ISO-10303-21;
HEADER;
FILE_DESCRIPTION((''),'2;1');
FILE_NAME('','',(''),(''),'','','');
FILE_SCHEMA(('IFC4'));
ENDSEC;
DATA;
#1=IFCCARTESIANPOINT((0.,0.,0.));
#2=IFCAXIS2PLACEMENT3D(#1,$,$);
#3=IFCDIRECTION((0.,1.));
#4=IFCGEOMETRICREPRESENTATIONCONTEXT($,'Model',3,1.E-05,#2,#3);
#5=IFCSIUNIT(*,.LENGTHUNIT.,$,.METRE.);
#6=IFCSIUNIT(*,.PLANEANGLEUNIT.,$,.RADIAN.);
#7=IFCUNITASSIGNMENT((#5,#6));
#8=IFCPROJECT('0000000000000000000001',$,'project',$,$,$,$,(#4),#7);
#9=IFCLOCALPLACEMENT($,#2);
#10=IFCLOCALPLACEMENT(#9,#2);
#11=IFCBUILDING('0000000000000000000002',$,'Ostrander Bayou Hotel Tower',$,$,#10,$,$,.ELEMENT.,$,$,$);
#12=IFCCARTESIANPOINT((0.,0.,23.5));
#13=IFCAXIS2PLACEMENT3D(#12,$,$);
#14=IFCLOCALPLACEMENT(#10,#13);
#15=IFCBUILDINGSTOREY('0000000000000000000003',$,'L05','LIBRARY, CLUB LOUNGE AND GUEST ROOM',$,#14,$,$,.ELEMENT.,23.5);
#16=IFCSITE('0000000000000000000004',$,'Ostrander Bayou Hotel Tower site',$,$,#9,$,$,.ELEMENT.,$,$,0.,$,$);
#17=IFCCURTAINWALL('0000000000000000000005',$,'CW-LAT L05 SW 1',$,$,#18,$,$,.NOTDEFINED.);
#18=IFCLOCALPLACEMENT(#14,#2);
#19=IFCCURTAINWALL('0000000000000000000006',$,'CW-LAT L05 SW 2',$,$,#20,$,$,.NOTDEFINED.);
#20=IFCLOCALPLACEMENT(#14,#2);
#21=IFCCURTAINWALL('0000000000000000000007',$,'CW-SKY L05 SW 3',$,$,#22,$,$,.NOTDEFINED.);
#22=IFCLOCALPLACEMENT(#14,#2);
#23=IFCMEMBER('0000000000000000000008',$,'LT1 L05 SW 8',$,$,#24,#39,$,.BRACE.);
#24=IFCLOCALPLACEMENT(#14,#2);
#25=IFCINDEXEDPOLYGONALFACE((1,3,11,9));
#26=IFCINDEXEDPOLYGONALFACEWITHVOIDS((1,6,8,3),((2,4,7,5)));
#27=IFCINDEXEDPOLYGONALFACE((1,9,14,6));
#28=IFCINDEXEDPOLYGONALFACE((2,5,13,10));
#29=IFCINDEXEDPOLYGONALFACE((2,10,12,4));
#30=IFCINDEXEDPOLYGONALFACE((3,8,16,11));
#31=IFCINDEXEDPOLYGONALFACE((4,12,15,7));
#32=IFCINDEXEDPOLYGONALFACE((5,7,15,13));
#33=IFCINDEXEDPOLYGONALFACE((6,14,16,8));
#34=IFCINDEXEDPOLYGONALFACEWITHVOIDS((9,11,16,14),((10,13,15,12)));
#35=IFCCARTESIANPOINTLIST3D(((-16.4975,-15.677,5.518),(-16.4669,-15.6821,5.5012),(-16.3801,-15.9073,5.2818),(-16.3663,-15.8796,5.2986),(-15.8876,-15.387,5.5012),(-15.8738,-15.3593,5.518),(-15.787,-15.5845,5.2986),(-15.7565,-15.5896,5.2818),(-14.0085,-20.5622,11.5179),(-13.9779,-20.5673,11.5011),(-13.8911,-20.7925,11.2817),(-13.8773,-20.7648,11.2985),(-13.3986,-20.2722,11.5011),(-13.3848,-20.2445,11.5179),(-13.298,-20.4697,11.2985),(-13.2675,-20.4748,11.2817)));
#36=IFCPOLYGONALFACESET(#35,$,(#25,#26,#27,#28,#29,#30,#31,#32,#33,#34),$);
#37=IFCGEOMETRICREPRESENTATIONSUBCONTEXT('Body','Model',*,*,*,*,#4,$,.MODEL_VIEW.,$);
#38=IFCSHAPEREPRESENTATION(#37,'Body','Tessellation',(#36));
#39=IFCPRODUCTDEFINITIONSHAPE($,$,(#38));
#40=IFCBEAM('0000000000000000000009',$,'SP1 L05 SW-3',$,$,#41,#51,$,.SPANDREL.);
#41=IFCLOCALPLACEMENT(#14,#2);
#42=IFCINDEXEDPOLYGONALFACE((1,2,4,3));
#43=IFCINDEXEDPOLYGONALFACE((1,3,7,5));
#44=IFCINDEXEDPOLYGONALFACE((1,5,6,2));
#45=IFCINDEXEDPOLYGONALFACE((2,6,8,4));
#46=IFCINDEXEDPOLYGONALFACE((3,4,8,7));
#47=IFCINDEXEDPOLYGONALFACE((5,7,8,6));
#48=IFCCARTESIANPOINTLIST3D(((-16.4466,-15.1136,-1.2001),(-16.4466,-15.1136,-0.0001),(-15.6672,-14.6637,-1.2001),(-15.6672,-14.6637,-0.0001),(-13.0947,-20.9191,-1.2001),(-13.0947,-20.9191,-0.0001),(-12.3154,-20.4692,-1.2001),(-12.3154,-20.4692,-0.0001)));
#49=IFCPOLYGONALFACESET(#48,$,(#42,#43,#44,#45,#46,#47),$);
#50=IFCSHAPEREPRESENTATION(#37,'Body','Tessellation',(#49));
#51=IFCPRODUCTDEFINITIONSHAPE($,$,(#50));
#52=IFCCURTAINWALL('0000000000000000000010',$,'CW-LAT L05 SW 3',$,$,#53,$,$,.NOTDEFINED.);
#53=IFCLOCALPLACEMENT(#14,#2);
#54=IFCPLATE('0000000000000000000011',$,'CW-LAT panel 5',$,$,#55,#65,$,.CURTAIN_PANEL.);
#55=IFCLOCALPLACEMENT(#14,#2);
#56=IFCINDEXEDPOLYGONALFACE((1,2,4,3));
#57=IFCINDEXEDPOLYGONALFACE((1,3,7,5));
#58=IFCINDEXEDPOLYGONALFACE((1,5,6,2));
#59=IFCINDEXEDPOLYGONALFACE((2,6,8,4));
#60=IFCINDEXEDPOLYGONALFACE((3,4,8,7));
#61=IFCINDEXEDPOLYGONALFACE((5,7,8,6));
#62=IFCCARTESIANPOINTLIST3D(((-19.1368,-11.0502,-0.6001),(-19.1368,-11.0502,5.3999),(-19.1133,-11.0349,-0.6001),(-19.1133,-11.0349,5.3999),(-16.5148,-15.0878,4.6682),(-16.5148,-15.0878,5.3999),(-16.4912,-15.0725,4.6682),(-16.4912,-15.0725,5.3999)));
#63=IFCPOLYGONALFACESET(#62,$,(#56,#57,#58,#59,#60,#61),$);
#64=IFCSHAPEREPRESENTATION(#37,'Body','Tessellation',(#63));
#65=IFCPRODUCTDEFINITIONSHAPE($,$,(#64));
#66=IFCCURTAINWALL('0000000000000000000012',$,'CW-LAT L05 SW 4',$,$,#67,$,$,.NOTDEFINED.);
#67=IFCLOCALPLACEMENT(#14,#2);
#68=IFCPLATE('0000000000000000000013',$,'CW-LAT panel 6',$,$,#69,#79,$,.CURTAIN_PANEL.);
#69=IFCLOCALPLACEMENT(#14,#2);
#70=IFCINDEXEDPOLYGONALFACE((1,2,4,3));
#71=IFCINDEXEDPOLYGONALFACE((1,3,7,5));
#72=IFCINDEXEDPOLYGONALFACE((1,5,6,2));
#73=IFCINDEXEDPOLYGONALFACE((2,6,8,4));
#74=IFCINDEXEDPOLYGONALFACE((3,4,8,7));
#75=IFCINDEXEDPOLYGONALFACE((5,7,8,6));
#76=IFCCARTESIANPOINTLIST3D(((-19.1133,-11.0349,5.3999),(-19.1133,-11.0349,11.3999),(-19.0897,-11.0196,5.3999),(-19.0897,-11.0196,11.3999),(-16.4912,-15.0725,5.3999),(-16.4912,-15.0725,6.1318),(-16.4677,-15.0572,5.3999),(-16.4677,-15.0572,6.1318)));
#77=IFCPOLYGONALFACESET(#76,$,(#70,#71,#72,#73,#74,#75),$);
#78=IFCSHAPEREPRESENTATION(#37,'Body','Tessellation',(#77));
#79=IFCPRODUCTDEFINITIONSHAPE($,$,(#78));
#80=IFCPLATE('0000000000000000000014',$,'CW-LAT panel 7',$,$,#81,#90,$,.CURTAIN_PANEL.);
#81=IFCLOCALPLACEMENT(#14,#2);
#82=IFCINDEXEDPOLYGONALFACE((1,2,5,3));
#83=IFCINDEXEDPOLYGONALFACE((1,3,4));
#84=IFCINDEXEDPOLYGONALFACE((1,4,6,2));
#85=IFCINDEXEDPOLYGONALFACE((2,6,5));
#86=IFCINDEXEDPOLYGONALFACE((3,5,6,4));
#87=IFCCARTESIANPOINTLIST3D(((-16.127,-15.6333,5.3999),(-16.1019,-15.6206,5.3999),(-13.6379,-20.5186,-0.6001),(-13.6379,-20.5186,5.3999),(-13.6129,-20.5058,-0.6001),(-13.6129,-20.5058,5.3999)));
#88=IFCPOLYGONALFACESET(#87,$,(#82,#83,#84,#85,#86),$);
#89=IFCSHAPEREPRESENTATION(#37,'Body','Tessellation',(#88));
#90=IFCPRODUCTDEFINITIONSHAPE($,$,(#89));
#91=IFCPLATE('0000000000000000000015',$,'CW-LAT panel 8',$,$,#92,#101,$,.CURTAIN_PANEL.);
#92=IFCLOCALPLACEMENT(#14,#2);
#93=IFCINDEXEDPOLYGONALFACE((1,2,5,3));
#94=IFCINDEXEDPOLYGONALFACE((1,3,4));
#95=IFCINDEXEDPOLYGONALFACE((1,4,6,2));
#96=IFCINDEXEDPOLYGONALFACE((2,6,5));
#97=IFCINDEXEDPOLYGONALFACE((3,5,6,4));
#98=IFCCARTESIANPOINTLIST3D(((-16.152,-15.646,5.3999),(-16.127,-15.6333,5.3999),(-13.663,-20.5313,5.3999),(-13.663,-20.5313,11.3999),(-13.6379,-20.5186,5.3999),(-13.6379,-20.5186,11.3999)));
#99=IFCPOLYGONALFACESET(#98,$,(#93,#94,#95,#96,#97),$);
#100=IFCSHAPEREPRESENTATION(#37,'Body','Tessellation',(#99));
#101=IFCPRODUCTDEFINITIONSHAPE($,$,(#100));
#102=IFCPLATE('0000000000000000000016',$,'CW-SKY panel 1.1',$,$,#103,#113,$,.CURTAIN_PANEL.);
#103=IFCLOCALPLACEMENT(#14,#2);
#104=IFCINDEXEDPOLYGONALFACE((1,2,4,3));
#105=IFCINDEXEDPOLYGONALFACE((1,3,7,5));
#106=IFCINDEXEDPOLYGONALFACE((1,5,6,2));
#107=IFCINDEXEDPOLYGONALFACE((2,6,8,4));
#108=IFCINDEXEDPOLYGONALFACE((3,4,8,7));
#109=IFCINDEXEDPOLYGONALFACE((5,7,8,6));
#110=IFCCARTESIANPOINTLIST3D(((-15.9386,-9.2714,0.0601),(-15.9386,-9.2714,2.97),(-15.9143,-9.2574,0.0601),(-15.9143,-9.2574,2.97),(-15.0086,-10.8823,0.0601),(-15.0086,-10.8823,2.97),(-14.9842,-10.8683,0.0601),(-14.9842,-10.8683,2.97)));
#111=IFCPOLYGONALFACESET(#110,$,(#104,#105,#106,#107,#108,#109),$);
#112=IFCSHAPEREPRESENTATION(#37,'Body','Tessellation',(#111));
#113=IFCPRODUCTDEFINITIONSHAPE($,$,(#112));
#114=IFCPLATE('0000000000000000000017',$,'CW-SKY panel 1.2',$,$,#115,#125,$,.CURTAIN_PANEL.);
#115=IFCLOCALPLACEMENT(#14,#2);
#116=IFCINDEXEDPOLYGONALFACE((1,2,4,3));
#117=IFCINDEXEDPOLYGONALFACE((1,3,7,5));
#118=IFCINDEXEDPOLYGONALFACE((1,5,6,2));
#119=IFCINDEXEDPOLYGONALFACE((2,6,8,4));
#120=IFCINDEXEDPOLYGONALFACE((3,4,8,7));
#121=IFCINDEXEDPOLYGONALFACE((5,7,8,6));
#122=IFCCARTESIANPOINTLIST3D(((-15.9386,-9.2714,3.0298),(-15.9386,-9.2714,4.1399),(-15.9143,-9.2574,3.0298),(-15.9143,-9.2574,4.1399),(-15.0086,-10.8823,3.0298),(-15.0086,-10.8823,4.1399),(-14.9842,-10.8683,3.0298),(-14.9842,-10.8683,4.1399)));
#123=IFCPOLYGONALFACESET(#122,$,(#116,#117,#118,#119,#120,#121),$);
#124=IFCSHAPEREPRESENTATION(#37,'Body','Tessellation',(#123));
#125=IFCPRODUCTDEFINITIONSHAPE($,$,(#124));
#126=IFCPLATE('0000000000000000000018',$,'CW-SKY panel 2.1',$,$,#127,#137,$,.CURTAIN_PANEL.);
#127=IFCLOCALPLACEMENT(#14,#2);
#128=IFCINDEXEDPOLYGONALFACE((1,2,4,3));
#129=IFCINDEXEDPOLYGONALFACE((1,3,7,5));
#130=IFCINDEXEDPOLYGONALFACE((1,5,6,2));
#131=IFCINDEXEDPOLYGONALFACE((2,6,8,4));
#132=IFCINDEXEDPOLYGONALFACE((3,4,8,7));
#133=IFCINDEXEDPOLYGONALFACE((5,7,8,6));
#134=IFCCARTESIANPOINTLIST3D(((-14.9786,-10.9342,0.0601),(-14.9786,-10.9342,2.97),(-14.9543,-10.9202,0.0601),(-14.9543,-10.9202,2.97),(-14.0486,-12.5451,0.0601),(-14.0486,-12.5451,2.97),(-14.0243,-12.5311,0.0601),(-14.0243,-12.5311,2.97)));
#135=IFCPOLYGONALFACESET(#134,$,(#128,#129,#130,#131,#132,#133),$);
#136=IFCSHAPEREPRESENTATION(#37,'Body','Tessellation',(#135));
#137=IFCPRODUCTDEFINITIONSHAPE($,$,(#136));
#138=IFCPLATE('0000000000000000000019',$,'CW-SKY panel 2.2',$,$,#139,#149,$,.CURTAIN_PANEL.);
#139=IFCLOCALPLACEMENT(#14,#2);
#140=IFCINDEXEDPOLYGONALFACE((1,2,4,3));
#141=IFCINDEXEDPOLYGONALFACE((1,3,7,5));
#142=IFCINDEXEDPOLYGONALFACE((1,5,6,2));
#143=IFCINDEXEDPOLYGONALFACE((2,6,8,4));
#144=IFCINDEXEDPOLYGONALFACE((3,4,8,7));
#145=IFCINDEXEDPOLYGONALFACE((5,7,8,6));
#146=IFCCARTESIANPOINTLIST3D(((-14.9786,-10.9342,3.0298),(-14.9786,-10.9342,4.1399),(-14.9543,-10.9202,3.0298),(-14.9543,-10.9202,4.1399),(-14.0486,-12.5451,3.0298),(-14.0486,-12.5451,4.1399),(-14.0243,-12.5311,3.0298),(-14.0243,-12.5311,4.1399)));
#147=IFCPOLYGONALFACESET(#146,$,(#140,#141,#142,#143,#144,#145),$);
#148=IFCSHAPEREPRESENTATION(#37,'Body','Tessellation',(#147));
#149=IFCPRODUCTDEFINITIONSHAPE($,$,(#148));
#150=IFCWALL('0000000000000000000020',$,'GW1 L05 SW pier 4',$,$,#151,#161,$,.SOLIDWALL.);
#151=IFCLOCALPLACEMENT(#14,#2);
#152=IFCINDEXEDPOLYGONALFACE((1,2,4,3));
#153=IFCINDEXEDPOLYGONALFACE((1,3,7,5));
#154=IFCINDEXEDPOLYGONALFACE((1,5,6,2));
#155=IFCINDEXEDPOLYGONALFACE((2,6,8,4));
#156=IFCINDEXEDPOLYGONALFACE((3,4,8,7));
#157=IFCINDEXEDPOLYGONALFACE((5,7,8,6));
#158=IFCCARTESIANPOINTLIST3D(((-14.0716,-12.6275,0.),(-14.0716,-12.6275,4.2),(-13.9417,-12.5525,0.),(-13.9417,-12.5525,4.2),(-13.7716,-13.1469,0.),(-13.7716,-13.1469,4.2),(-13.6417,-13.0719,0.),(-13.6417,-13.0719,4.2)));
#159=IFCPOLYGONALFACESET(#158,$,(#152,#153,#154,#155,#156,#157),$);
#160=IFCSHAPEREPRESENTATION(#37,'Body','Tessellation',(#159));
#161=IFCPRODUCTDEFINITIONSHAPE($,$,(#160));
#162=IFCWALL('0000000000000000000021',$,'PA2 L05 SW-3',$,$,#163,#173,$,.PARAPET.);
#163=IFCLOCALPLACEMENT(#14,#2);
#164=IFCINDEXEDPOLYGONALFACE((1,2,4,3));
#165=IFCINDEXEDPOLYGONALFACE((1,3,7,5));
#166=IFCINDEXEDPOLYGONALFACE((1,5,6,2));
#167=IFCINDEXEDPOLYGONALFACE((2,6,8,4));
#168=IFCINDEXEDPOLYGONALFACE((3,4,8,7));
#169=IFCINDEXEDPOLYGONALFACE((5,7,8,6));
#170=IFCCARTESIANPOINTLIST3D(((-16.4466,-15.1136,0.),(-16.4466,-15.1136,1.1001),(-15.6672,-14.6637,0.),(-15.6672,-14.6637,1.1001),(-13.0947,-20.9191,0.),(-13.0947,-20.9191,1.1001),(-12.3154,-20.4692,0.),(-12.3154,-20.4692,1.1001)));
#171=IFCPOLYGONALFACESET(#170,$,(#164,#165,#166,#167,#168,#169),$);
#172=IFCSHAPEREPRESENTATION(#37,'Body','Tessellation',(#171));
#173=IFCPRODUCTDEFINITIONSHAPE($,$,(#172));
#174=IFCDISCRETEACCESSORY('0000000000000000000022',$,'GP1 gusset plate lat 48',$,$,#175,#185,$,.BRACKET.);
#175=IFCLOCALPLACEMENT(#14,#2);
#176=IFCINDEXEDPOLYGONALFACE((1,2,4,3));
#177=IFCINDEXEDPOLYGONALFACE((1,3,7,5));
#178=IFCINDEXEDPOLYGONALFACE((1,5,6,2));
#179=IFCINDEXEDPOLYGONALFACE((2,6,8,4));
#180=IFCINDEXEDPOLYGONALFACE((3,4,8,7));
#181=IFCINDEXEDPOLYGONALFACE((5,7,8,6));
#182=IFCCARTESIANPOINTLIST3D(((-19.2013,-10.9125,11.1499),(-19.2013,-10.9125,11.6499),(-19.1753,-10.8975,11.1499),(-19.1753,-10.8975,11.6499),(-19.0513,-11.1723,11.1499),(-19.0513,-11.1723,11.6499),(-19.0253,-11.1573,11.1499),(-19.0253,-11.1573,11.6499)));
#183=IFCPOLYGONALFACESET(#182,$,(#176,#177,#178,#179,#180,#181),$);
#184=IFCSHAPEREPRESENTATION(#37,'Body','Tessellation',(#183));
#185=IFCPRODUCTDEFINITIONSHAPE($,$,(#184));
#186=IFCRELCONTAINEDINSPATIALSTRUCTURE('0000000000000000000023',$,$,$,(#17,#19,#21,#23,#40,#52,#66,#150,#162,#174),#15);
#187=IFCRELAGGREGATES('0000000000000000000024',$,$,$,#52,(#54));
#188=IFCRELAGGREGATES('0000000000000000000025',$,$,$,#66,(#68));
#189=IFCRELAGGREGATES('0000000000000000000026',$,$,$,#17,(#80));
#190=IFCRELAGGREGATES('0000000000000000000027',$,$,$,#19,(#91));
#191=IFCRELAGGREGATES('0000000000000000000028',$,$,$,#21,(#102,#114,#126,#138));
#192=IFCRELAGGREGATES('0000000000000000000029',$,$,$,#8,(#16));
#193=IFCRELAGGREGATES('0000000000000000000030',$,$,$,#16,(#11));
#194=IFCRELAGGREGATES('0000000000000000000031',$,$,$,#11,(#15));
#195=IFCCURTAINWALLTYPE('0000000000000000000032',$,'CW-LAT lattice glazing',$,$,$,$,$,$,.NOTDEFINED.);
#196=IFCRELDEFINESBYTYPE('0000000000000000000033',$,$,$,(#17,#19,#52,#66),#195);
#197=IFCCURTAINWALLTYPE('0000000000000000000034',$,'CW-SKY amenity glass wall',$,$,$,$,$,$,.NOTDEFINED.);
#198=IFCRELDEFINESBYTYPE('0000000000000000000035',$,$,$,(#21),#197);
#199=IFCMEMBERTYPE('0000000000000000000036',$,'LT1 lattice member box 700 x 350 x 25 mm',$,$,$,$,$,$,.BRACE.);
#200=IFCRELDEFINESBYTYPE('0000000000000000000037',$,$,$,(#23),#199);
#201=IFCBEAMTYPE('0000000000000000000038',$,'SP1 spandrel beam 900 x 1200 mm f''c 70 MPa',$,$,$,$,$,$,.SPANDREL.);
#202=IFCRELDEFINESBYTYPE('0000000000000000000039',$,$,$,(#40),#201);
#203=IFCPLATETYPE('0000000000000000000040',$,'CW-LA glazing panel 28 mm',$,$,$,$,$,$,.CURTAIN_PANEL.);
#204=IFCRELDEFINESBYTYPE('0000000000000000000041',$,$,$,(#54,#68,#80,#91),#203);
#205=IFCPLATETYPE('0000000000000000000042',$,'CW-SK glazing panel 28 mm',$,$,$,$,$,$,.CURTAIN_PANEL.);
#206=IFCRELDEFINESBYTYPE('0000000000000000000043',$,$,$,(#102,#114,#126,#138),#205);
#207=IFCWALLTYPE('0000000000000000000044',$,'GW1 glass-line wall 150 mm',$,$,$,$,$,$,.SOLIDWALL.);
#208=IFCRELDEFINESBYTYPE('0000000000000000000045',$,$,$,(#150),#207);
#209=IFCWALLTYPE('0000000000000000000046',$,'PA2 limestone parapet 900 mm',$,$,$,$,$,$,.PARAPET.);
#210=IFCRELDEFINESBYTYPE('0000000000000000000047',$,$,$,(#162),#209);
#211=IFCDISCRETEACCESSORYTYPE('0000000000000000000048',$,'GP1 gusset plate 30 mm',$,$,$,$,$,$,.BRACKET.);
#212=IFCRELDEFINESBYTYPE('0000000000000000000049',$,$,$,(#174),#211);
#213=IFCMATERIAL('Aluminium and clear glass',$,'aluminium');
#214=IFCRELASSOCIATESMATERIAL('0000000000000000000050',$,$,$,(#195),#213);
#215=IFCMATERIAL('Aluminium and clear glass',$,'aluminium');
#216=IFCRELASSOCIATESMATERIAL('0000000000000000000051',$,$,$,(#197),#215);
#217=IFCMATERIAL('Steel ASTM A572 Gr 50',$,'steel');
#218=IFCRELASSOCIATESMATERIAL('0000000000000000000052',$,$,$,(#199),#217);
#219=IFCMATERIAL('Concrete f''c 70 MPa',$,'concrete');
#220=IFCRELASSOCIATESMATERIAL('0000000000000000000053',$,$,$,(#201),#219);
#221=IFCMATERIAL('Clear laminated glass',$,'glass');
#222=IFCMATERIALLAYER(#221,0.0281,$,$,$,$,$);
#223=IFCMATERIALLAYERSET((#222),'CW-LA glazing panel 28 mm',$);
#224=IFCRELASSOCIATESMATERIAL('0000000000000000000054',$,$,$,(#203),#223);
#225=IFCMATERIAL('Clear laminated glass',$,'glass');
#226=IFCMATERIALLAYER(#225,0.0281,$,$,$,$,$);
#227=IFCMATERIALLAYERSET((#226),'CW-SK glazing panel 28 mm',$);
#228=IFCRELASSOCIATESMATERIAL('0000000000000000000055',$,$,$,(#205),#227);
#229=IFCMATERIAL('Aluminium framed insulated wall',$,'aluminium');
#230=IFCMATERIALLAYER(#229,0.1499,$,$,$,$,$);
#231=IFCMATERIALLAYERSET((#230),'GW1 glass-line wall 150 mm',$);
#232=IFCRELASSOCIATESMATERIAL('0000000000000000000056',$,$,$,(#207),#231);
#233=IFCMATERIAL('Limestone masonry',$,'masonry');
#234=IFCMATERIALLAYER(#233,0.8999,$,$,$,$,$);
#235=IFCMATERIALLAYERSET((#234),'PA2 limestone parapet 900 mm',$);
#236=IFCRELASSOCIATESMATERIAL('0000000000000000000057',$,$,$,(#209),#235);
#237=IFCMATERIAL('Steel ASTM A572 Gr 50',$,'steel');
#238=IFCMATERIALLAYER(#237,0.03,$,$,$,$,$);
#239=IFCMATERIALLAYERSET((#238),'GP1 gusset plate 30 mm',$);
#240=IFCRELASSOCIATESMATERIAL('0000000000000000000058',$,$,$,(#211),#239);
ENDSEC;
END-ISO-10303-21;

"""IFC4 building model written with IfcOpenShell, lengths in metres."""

from ifc_helpers import new_model, si_unit, direction, frame, frame_2d, origin, origin_2d, place, context, subcontext, project, spatial, polyline, rectangle, hollow_rectangle, outline, extrude, material, layer, layer_set, material_profile, profile_set, type_object, element, aggregate, save


model = new_model("IFC4")

# Units and contexts
model_context = context("Model", 3, precision=1e-05, world=origin(), true_north=direction((0.0, 1.0)))
body_context = subcontext(model_context, "Body", "Model", "MODEL_VIEW")
ifc_project = project(units=[si_unit("LENGTHUNIT", "METRE"), si_unit("PLANEANGLEUNIT", "RADIAN")], contexts=[model_context])

# Site, building, storey
site_placement = place(None, origin())
site = spatial("IfcSite", under=ifc_project, at=site_placement, Name="Ostrander Bayou Hotel Tower site", CompositionType="ELEMENT", RefElevation=0.0)
building_placement = place(site_placement, origin())
building = spatial("IfcBuilding", under=site, at=building_placement, Name="Ostrander Bayou Hotel Tower", CompositionType="ELEMENT")
storey_placement = place(building_placement, frame((0.0, 0.0, 23.5)))
storey = spatial("IfcBuildingStorey", under=building, at=storey_placement, Name="L05", Description="LIBRARY, CLUB LOUNGE AND GUEST ROOM", CompositionType="ELEMENT", Elevation=23.5)

# Curtain walls
ifc_material_1 = material(Name="Aluminium and clear glass", Category="aluminium")
curtain_wall_type_1 = type_object("IfcCurtainWallType", Name="CW-LAT lattice glazing", PredefinedType="NOTDEFINED", material=ifc_material_1)
curtain_wall_1_placement = place(storey_placement, origin())
curtain_wall_1 = element("IfcCurtainWall", 1, at=curtain_wall_1_placement, inside=storey, type_object=curtain_wall_type_1, Name="CW-LAT L05 SW 1", PredefinedType="NOTDEFINED")
curtain_wall_2_placement = place(storey_placement, origin())
curtain_wall_2 = element("IfcCurtainWall", 2, at=curtain_wall_2_placement, inside=storey, type_object=curtain_wall_type_1, Name="CW-LAT L05 SW 2", PredefinedType="NOTDEFINED")
ifc_material_2 = material(Name="Aluminium and clear glass", Category="aluminium")
curtain_wall_type_2 = type_object("IfcCurtainWallType", Name="CW-SKY amenity glass wall", PredefinedType="NOTDEFINED", material=ifc_material_2)
curtain_wall_3_placement = place(storey_placement, origin())
curtain_wall_3 = element("IfcCurtainWall", 3, at=curtain_wall_3_placement, inside=storey, type_object=curtain_wall_type_2, Name="CW-SKY L05 SW 3", PredefinedType="NOTDEFINED")

# Member
ifc_material_3 = material(Name="Steel ASTM A572 Gr 50", Category="steel")
ifc_material_profile_1 = material_profile(ifc_material_3, hollow_rectangle(XDim=0.7, YDim=0.3501, WallThickness=0.0249, at=origin_2d()))
ifc_profile_set_1 = profile_set([ifc_material_profile_1], Name="Steel ASTM A572 Gr 50")
member_type_1 = type_object("IfcMemberType", Name="LT1 lattice member box 700 x 350 x 25 mm", PredefinedType="BRACE", material=ifc_profile_set_1)
for number, where, z_axis, x_axis, name in (
    (4, (-16.127, -15.6333, 5.3999), (0.306235, -0.601056, 0.738208), (0.891017, 0.453969, 0.0), "LT1 L05 SW 8"),
):
    element("IfcMember", number, at=place(storey_placement, frame(where, z_axis=z_axis, x_axis=x_axis)), inside=storey, type_object=member_type_1, Name=name, PredefinedType="BRACE", context=body_context, shape_type="SweptSolid", body=[
        extrude(hollow_rectangle(XDim=0.7, YDim=0.3501, WallThickness=0.0249, at=origin_2d()), origin(), (0.0, 0.0, 1.0), 8.1277),
    ])

# Beam
ifc_material_4 = material(Name="Concrete f'c 70 MPa", Category="concrete")
ifc_material_profile_2 = material_profile(ifc_material_4, rectangle(XDim=0.8999, YDim=1.2, at=origin_2d()))
ifc_profile_set_2 = profile_set([ifc_material_profile_2], Name="Concrete f'c 70 MPa")
beam_type_1 = type_object("IfcBeamType", Name="SP1 spandrel beam 900 x 1200 mm f'c 70 MPa", PredefinedType="SPANDREL", material=ifc_profile_set_2)
beam_1_placement = place(storey_placement, frame((-16.0569, -14.8887, -0.6001), z_axis=(0.500005, -0.866022, 0.0), x_axis=(0.866022, 0.500005, 0.0)))
element("IfcBeam", 5, at=beam_1_placement, inside=storey, type_object=beam_type_1, Name="SP1 L05 SW-3", PredefinedType="SPANDREL", context=body_context, shape_type="SweptSolid", body=[
    extrude(rectangle(XDim=0.8999, YDim=1.2, at=origin_2d()), origin(), (0.0, 0.0, 1.0), 6.7036),
])

# Curtain walls, plates
curtain_wall_4_placement = place(storey_placement, origin())
curtain_wall_4 = element("IfcCurtainWall", 6, at=curtain_wall_4_placement, inside=storey, type_object=curtain_wall_type_1, Name="CW-LAT L05 SW 3", PredefinedType="NOTDEFINED")
ifc_material_5 = material(Name="Clear laminated glass", Category="glass")
ifc_layer_1 = layer(ifc_material_5, 0.0281)
ifc_layer_set_1 = layer_set([ifc_layer_1], Name="CW-LA glazing panel 28 mm")
plate_type_1 = type_object("IfcPlateType", Name="CW-LA glazing panel 28 mm", PredefinedType="CURTAIN_PANEL", material=ifc_layer_set_1)
plate_1_placement = place(storey_placement, frame((-16.4912, -15.0725, 4.6682), z_axis=(0.838668, 0.544643, 0.0), x_axis=(-0.367406, 0.565751, -0.738199)))
plate_1 = element("IfcPlate", 7, at=plate_1_placement, type_object=plate_type_1, Name="CW-LAT panel 5", PredefinedType="CURTAIN_PANEL", context=body_context, shape_type="SweptSolid", body=[
    extrude(outline(polyline([(0.0, 0.0), (7.1367, 0.0), (2.7075, 4.0475), (-0.5401, 0.4936), (0.0, 0.0)])), origin(), (0.0, 0.0, -1.0), 0.0281),
])
aggregate(curtain_wall_4, [plate_1])
curtain_wall_5_placement = place(storey_placement, origin())
curtain_wall_5 = element("IfcCurtainWall", 8, at=curtain_wall_5_placement, inside=storey, type_object=curtain_wall_type_1, Name="CW-LAT L05 SW 4", PredefinedType="NOTDEFINED")
plate_2_placement = place(storey_placement, frame((-16.4912, -15.0725, 6.1318), z_axis=(-0.838668, -0.544643, 0.0), x_axis=(-0.367416, 0.565765, 0.738184)))
plate_2 = element("IfcPlate", 9, at=plate_2_placement, type_object=plate_type_1, Name="CW-LAT panel 6", PredefinedType="CURTAIN_PANEL", context=body_context, shape_type="SweptSolid", body=[
    extrude(outline(polyline([(0.0, 0.0), (7.1365, 0.0), (2.7074, 4.0476), (-0.5403, 0.4938), (0.0, 0.0)])), origin(), (0.0, 0.0, -1.0), 0.0281),
])
aggregate(curtain_wall_5, [plate_2])

# Plates
plate_3_placement = place(storey_placement, frame((-16.127, -15.6333, 5.3999), z_axis=(-0.891017, -0.453969, 0.0), x_axis=(0.306235, -0.601056, -0.738208)))
plate_3 = element("IfcPlate", 10, at=plate_3_placement, type_object=plate_type_1, Name="CW-LAT panel 7", PredefinedType="CURTAIN_PANEL", context=body_context, shape_type="SweptSolid", body=[
    extrude(outline(polyline([(0.0, 0.0), (8.1278, 0.0), (3.6985, 4.0474), (0.0, 0.0)])), origin(), (0.0, 0.0, -1.0), 0.0281),
])
aggregate(curtain_wall_1, [plate_3])
plate_4_placement = place(storey_placement, frame((-16.127, -15.6333, 5.3999), z_axis=(0.891017, 0.453969, 0.0), x_axis=(0.306235, -0.601056, 0.738208)))
plate_4 = element("IfcPlate", 11, at=plate_4_placement, type_object=plate_type_1, Name="CW-LAT panel 8", PredefinedType="CURTAIN_PANEL", context=body_context, shape_type="SweptSolid", body=[
    extrude(outline(polyline([(0.0, 0.0), (8.1278, 0.0), (3.6985, 4.0474), (0.0, 0.0)])), origin(), (0.0, 0.0, -1.0), 0.0281),
])
aggregate(curtain_wall_2, [plate_4])
ifc_material_6 = material(Name="Clear laminated glass", Category="glass")
ifc_layer_2 = layer(ifc_material_6, 0.0281)
ifc_layer_set_2 = layer_set([ifc_layer_2], Name="CW-SK glazing panel 28 mm")
plate_type_2 = type_object("IfcPlateType", Name="CW-SK glazing panel 28 mm", PredefinedType="CURTAIN_PANEL", material=ifc_layer_set_2)
plate_5_placement = place(storey_placement, frame((-15.4614, -10.0698, 0.0601), z_axis=(0.0, 0.0, 1.0), x_axis=(0.5, -0.866025, 0.0)))
plate_5 = element("IfcPlate", 12, at=plate_5_placement, type_object=plate_type_2, Name="CW-SKY panel 1.1", PredefinedType="CURTAIN_PANEL", context=body_context, shape_type="SweptSolid", body=[
    extrude(rectangle(XDim=1.8601, YDim=0.0281, at=origin_2d()), origin(), (0.0, 0.0, 1.0), 2.9099),
])
plate_6_placement = place(storey_placement, frame((-15.4614, -10.0698, 3.0298), z_axis=(0.0, 0.0, 1.0), x_axis=(0.5, -0.866025, 0.0)))
plate_6 = element("IfcPlate", 13, at=plate_6_placement, type_object=plate_type_2, Name="CW-SKY panel 1.2", PredefinedType="CURTAIN_PANEL", context=body_context, shape_type="SweptSolid", body=[
    extrude(rectangle(XDim=1.8601, YDim=0.0281, at=origin_2d()), origin(), (0.0, 0.0, 1.0), 1.1101),
])
plate_7_placement = place(storey_placement, frame((-14.5015, -11.7327, 0.0601), z_axis=(0.0, 0.0, 1.0), x_axis=(0.5, -0.866025, 0.0)))
plate_7 = element("IfcPlate", 14, at=plate_7_placement, type_object=plate_type_2, Name="CW-SKY panel 2.1", PredefinedType="CURTAIN_PANEL", context=body_context, shape_type="SweptSolid", body=[
    extrude(rectangle(XDim=1.8601, YDim=0.0281, at=origin_2d()), origin(), (0.0, 0.0, 1.0), 2.9099),
])
plate_8_placement = place(storey_placement, frame((-14.5015, -11.7327, 3.0298), z_axis=(0.0, 0.0, 1.0), x_axis=(0.5, -0.866025, 0.0)))
plate_8 = element("IfcPlate", 15, at=plate_8_placement, type_object=plate_type_2, Name="CW-SKY panel 2.2", PredefinedType="CURTAIN_PANEL", context=body_context, shape_type="SweptSolid", body=[
    extrude(rectangle(XDim=1.8601, YDim=0.0281, at=origin_2d()), origin(), (0.0, 0.0, 1.0), 1.1101),
])
aggregate(curtain_wall_3, [plate_5, plate_6, plate_7, plate_8])

# Walls
ifc_material_7 = material(Name="Aluminium framed insulated wall", Category="aluminium")
ifc_layer_3 = layer(ifc_material_7, 0.1499)
ifc_layer_set_3 = layer_set([ifc_layer_3], Name="GW1 glass-line wall 150 mm")
wall_type_1 = type_object("IfcWallType", Name="GW1 glass-line wall 150 mm", PredefinedType="SOLIDWALL", material=ifc_layer_set_3)
wall_1_placement = place(storey_placement, frame((-14.0066, -12.5901, 0.0), z_axis=(0.0, 0.0, 1.0), x_axis=(0.500122, -0.865955, 0.0)))
element("IfcWall", 16, at=wall_1_placement, inside=storey, type_object=wall_type_1, Name="GW1 L05 SW pier 4", PredefinedType="SOLIDWALL", context=body_context, shape_type="SweptSolid", body=[
    extrude(rectangle(XDim=0.5999, YDim=0.1499, at=frame_2d((0.2998, 0.0))), origin(), (0.0, 0.0, 1.0), 4.2),
])
ifc_material_8 = material(Name="Limestone masonry", Category="masonry")
ifc_layer_4 = layer(ifc_material_8, 0.8999)
ifc_layer_set_4 = layer_set([ifc_layer_4], Name="PA2 limestone parapet 900 mm")
wall_type_2 = type_object("IfcWallType", Name="PA2 limestone parapet 900 mm", PredefinedType="PARAPET", material=ifc_layer_set_4)
wall_2_placement = place(storey_placement, frame((-16.0569, -14.8887, 0.0), z_axis=(0.0, 0.0, 1.0), x_axis=(0.500005, -0.866022, 0.0)))
element("IfcWall", 17, at=wall_2_placement, inside=storey, type_object=wall_type_2, Name="PA2 L05 SW-3", PredefinedType="PARAPET", context=body_context, shape_type="SweptSolid", body=[
    extrude(rectangle(XDim=6.7036, YDim=0.8999, at=frame_2d((3.3518, 0.0))), origin(), (0.0, 0.0, 1.0), 1.1001),
])

# Discrete accessory
ifc_material_9 = material(Name="Steel ASTM A572 Gr 50", Category="steel")
ifc_layer_5 = layer(ifc_material_9, 0.03)
ifc_layer_set_5 = layer_set([ifc_layer_5], Name="GP1 gusset plate 30 mm")
discrete_accessory_type = type_object("IfcDiscreteAccessoryType", Name="GP1 gusset plate 30 mm", PredefinedType="BRACKET", material=ifc_layer_set_5)
for number, where, z_axis, x_axis, name in (
    (18, (-19.1133, -11.0349, 11.1499), (0.0, 0.0, 1.0), (0.5, -0.866025, 0.0), "GP1 gusset plate lat 48"),
):
    element("IfcDiscreteAccessory", number, at=place(storey_placement, frame(where, z_axis=z_axis, x_axis=x_axis)), inside=storey, type_object=discrete_accessory_type, Name=name, PredefinedType="BRACKET", context=body_context, shape_type="SweptSolid", body=[
        extrude(rectangle(XDim=0.3, YDim=0.03, at=origin_2d()), origin(), (0.0, 0.0, 1.0), 0.5),
    ])

save(model, "model.ifc")
